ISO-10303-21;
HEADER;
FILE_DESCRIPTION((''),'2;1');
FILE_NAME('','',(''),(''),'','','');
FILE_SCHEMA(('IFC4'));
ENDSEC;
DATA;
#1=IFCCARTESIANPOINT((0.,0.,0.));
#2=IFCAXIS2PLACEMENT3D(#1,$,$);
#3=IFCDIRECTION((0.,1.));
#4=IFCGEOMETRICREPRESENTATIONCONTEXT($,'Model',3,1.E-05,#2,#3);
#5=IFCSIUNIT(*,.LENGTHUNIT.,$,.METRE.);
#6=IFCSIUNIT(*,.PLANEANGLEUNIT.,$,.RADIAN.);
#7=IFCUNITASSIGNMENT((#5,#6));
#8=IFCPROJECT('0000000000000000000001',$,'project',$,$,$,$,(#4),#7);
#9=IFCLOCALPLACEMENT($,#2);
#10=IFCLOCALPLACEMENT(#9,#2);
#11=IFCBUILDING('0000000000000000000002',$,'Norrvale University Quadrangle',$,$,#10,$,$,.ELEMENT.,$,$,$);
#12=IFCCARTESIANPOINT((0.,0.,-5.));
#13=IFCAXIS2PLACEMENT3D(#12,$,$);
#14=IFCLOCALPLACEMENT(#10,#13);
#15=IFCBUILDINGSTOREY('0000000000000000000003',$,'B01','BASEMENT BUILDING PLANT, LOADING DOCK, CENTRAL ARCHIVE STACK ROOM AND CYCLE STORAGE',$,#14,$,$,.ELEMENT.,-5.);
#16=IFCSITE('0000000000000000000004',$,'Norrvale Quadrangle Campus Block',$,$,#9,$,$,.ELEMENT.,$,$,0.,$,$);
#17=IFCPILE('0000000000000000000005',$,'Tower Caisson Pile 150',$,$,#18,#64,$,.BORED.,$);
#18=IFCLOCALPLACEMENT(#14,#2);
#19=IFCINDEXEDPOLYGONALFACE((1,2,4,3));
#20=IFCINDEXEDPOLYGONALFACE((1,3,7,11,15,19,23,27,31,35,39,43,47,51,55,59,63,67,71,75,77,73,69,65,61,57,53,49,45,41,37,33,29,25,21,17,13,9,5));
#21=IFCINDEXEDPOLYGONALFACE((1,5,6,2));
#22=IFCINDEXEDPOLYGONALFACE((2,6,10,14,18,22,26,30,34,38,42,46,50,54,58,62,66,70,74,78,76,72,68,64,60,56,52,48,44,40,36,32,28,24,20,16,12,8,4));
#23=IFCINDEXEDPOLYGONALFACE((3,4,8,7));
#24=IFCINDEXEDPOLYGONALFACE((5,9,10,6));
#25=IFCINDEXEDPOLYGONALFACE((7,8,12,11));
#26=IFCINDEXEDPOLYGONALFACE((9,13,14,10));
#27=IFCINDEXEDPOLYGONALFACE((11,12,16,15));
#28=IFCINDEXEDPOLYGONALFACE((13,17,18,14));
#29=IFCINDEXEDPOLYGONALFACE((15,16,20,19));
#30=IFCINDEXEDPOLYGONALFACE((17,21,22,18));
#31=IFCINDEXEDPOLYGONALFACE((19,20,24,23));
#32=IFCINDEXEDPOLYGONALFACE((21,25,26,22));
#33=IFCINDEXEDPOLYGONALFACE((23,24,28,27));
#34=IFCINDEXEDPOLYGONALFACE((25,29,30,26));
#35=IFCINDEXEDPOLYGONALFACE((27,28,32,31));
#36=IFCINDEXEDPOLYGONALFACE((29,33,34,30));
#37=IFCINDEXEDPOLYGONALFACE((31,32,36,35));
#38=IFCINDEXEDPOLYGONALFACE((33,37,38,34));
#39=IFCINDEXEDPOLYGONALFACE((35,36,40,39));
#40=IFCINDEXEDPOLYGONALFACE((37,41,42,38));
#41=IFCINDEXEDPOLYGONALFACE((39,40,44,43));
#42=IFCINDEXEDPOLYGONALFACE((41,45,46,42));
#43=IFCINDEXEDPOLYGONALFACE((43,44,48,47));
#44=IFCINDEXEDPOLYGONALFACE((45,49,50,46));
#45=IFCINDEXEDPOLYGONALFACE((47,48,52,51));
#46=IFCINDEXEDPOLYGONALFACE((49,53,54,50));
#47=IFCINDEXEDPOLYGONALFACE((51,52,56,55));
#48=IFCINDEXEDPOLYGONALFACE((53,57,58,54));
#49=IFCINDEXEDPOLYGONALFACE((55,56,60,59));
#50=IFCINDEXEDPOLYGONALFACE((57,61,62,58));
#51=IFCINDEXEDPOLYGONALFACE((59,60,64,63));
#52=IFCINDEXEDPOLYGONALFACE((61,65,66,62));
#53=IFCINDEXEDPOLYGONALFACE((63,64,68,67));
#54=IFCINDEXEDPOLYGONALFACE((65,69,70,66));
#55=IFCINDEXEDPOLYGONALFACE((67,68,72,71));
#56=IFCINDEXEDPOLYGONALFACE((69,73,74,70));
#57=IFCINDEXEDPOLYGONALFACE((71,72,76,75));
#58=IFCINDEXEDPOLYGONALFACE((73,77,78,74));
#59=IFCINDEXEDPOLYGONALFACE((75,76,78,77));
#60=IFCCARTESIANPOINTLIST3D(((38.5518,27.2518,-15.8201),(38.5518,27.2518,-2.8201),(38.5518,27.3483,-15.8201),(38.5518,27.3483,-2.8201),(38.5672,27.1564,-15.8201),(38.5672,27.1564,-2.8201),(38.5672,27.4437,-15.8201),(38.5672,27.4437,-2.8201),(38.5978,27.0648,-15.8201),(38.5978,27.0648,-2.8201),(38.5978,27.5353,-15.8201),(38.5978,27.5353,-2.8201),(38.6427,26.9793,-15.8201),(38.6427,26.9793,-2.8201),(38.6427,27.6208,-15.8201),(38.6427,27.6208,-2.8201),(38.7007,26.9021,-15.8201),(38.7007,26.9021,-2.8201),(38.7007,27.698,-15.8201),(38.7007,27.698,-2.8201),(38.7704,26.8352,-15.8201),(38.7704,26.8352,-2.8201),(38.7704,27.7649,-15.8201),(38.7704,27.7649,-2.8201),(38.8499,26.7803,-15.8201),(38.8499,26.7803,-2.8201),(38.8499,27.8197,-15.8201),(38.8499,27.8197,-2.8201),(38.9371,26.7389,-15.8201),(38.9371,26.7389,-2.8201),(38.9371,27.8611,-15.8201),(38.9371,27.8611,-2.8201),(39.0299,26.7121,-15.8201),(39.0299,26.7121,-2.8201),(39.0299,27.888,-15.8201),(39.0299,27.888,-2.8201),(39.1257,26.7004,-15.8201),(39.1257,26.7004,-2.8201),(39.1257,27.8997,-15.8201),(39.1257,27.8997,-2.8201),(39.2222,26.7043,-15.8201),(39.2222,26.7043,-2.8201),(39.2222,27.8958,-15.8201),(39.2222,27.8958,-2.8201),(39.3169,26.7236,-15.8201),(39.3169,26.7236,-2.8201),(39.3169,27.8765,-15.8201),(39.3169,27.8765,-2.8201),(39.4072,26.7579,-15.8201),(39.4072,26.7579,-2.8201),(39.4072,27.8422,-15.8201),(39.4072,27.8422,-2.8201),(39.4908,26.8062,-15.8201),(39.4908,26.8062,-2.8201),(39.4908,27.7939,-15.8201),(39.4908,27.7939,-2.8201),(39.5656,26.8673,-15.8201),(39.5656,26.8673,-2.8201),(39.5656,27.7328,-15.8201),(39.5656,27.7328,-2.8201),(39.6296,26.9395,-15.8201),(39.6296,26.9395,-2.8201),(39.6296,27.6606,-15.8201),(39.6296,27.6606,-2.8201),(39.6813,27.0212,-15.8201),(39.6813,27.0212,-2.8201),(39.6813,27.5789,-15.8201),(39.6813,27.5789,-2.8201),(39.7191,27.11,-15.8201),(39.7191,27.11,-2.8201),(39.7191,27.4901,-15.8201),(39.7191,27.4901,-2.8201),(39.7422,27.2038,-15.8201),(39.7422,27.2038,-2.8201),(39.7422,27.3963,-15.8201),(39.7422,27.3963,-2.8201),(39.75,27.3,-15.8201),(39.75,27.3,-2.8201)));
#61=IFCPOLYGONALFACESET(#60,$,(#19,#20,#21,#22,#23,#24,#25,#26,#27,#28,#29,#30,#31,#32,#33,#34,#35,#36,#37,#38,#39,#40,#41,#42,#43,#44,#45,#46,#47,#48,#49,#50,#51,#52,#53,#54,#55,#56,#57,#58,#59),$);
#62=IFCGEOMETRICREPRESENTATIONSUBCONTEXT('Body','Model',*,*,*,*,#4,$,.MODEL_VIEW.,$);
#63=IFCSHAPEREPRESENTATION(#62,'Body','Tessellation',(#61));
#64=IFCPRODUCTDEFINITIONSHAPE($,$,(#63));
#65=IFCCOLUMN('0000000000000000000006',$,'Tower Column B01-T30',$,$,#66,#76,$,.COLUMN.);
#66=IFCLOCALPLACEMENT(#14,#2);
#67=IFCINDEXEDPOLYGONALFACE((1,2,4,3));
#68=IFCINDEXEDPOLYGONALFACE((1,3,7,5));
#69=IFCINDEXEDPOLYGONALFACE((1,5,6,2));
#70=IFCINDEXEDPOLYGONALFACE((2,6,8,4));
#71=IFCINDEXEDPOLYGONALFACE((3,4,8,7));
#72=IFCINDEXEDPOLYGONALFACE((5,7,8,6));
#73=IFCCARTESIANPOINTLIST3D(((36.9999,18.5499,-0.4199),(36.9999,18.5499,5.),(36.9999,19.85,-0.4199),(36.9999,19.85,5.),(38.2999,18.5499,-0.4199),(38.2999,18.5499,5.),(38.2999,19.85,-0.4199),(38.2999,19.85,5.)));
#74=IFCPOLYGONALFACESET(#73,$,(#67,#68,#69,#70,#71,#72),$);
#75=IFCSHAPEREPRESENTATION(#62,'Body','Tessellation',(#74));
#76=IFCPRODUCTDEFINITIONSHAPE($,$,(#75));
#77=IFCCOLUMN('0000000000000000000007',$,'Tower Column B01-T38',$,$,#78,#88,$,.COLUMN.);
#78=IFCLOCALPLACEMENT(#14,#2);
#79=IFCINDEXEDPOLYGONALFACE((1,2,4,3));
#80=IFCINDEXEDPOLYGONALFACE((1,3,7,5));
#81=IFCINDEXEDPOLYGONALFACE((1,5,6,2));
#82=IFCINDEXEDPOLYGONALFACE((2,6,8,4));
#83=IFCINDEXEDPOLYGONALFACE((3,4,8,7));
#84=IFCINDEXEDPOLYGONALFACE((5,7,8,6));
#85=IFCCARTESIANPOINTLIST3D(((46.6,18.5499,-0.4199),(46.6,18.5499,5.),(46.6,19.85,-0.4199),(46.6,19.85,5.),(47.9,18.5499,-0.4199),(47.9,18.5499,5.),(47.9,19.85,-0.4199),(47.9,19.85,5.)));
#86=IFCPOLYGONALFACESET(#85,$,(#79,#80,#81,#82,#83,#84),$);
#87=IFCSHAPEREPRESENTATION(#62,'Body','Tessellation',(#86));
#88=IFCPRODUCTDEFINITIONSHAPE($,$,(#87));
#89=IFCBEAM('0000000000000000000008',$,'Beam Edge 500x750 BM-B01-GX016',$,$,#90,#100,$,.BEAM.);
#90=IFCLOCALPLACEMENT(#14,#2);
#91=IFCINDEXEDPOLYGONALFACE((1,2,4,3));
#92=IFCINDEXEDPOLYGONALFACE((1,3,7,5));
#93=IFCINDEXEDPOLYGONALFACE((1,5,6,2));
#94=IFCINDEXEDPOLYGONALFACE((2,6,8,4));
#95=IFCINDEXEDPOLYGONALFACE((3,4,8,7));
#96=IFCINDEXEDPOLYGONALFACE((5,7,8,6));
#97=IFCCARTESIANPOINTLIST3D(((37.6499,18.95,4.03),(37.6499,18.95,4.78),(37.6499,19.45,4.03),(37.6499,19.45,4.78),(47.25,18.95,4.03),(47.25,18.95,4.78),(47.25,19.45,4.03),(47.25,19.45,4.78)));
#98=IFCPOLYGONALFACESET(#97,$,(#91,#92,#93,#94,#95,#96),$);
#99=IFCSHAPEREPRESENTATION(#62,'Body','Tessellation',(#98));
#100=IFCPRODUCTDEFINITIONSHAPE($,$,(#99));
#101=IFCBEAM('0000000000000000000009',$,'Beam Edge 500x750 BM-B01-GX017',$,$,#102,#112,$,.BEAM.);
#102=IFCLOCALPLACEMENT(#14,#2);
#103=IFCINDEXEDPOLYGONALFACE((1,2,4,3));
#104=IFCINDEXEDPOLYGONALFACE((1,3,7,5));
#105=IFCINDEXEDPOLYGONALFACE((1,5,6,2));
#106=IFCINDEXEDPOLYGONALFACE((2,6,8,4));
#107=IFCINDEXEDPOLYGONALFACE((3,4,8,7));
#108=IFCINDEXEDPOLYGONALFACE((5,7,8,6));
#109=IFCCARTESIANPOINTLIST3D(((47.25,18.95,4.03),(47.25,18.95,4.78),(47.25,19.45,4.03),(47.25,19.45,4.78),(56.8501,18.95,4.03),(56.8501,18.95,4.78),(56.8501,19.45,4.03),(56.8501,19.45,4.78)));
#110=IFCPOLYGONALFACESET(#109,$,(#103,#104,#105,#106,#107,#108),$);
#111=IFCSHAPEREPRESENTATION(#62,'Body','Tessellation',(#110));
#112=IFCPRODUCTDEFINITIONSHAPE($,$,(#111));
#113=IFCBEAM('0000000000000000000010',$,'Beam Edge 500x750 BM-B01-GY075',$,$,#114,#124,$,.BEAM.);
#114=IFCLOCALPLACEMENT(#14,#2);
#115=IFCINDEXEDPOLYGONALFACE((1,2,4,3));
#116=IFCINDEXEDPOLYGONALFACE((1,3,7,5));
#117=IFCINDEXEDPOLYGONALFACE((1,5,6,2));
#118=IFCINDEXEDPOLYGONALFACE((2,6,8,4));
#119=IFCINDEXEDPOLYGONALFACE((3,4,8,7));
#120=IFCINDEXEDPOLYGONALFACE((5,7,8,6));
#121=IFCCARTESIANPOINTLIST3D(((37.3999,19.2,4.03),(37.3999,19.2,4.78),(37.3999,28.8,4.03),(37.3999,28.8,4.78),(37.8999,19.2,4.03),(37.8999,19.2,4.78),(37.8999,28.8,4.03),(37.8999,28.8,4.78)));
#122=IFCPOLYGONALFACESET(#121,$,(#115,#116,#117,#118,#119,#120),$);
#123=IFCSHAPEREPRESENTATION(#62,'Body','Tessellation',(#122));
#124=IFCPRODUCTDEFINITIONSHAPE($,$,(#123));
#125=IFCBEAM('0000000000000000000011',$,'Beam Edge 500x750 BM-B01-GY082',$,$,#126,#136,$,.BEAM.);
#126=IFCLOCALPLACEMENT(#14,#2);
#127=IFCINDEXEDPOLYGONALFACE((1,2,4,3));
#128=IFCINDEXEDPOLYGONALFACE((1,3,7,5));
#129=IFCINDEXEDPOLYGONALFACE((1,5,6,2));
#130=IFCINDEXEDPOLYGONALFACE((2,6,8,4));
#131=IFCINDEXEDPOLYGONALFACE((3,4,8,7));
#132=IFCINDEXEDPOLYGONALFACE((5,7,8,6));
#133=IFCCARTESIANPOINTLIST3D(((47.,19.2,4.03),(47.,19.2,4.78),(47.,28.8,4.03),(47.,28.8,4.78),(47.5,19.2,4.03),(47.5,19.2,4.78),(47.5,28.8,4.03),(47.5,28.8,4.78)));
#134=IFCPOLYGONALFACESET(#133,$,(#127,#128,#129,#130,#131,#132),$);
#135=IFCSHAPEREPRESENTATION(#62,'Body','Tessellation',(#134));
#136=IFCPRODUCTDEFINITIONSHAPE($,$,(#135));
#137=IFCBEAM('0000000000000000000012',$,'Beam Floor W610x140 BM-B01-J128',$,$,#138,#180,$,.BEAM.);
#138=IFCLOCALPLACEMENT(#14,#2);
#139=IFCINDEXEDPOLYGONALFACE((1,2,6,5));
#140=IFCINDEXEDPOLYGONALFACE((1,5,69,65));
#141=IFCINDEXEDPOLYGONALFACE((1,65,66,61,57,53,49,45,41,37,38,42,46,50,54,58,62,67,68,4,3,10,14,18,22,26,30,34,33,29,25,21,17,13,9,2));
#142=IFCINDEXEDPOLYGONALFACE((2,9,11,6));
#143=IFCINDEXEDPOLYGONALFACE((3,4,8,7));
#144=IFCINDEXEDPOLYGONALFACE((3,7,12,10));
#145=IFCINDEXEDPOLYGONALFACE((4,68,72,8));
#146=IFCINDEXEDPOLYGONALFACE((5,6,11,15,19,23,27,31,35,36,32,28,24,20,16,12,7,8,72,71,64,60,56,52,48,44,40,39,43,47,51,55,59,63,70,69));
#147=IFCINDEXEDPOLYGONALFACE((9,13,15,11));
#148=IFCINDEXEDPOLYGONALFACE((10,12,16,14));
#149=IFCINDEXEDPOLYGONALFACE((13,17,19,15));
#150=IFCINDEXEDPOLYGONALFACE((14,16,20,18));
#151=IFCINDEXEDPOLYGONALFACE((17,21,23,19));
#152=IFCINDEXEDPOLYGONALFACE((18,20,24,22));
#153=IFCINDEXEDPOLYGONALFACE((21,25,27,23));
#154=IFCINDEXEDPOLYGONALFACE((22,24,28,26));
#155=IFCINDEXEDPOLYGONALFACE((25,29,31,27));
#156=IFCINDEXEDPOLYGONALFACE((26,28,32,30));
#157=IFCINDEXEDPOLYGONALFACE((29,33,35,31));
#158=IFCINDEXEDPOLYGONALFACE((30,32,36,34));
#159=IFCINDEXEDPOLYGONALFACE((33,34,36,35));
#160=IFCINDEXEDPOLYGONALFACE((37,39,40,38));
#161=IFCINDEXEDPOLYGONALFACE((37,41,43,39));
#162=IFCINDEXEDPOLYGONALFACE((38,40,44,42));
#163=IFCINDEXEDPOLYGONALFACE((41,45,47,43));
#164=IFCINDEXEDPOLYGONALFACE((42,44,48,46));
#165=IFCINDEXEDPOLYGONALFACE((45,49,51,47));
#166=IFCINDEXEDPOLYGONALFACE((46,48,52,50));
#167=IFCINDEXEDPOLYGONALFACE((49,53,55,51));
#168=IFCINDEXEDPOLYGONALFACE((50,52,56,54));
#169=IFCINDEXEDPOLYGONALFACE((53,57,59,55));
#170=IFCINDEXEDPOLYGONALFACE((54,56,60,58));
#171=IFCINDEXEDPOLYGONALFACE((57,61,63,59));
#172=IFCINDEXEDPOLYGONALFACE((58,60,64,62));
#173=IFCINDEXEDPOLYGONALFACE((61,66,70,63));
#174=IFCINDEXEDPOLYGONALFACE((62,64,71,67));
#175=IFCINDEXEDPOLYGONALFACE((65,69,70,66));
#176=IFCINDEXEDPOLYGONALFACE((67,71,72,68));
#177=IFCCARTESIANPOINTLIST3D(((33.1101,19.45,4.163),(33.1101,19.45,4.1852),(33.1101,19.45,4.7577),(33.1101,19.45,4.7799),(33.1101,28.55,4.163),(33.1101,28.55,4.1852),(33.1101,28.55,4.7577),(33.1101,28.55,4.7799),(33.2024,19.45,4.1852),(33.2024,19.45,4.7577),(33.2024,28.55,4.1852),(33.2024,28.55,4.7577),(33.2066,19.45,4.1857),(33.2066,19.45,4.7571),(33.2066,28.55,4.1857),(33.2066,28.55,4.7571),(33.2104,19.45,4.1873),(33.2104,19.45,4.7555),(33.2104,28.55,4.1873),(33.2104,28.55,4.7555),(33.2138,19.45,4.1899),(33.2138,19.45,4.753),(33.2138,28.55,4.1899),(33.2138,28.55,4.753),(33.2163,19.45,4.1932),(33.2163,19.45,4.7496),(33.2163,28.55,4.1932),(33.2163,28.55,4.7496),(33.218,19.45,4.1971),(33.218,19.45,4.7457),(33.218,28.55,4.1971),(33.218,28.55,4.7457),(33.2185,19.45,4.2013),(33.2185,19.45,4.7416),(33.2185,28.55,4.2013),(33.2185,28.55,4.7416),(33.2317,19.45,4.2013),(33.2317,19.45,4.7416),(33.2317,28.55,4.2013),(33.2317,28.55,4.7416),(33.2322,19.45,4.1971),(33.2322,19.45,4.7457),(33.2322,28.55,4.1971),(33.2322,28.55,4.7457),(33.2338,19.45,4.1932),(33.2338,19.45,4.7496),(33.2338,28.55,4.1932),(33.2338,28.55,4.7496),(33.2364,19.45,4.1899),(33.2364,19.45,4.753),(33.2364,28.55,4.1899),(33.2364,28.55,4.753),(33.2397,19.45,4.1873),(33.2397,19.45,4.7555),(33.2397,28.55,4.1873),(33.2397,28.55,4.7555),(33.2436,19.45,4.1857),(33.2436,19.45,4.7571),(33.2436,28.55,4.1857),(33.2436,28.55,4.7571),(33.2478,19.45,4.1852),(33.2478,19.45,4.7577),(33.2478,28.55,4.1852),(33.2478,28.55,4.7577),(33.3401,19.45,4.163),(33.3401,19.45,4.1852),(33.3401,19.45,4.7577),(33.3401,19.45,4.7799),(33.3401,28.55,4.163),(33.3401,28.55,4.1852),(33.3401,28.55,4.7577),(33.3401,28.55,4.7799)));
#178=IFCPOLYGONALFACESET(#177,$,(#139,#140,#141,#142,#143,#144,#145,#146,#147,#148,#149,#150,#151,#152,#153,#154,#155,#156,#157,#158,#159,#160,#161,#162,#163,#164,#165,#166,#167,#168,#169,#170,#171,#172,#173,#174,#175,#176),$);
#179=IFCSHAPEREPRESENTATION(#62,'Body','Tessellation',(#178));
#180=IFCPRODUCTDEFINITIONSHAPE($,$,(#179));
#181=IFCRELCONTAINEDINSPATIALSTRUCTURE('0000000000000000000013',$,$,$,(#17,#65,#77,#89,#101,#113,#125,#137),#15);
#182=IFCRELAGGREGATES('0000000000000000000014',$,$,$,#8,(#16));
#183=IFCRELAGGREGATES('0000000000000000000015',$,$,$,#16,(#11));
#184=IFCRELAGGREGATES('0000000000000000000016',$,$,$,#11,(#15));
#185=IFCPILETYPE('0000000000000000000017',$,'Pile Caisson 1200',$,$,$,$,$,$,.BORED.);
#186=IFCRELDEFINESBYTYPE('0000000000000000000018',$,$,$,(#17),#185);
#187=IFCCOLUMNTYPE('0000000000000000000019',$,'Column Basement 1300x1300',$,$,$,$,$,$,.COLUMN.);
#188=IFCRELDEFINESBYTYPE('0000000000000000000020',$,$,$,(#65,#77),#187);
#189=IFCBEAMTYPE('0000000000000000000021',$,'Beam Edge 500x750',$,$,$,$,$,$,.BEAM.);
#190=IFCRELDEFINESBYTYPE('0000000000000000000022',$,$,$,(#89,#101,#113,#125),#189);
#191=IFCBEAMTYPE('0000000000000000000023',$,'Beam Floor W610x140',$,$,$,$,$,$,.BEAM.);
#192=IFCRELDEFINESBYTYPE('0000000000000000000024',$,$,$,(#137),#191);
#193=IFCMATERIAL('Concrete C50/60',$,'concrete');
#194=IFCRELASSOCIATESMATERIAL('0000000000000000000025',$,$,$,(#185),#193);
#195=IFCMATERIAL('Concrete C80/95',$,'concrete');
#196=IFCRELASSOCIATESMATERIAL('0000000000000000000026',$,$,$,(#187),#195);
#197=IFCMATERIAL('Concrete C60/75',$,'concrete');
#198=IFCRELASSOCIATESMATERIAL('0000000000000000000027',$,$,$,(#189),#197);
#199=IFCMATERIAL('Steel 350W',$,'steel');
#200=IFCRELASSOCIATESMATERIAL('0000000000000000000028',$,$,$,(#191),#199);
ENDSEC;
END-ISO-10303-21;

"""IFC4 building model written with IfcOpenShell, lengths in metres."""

from ifc_helpers import new_model, si_unit, direction, frame, origin, origin_2d, place, context, subcontext, project, spatial, rectangle, circle, i_section, extrude, material, material_profile, profile_set, type_object, element, save


model = new_model("IFC4")

# Units and contexts
model_context = context("Model", 3, precision=1e-05, world=origin(), true_north=direction((0.0, 1.0)))
body_context = subcontext(model_context, "Body", "Model", "MODEL_VIEW")
ifc_project = project(units=[si_unit("LENGTHUNIT", "METRE"), si_unit("PLANEANGLEUNIT", "RADIAN")], contexts=[model_context])

# Site, building, storey
site_placement = place(None, origin())
site = spatial("IfcSite", under=ifc_project, at=site_placement, Name="Norrvale Quadrangle Campus Block", CompositionType="ELEMENT", RefElevation=0.0)
building_placement = place(site_placement, origin())
building = spatial("IfcBuilding", under=site, at=building_placement, Name="Norrvale University Quadrangle", CompositionType="ELEMENT")
storey_placement = place(building_placement, frame((0.0, 0.0, -5.0)))
storey = spatial("IfcBuildingStorey", under=building, at=storey_placement, Name="B01", Description="BASEMENT BUILDING PLANT, LOADING DOCK, CENTRAL ARCHIVE STACK ROOM AND CYCLE STORAGE", CompositionType="ELEMENT", Elevation=-5.0)

# Shared definitions
ifc_material_1 = material(Name="Concrete C50/60", Category="concrete")

# Pile
ifc_material_profile_1 = material_profile(ifc_material_1, circle(Radius=0.6001, at=origin_2d()), Name="Concrete C50/60")
ifc_profile_set_1 = profile_set([ifc_material_profile_1], Name="Concrete C50/60")
pile_type_1 = type_object("IfcPileType", Name="Pile Caisson 1200", PredefinedType="BORED", material=ifc_profile_set_1)
for number, where, z_axis, x_axis, name in (
    (1, (39.1499, 27.3, -2.8201), (0.0, 0.0, -1.0), (1.0, 0.0, 0.0), "Tower Caisson Pile 150"),
):
    element("IfcPile", number, at=place(storey_placement, frame(where, z_axis=z_axis, x_axis=x_axis)), inside=storey, type_object=pile_type_1, Name=name, PredefinedType="BORED", context=body_context, shape_type="SweptSolid", body=[
        extrude(circle(Radius=0.6001, at=origin_2d()), origin(), (0.0, 0.0, 1.0), 13.0),
    ])

# Columns
ifc_material_2 = material(Name="Concrete C80/95", Category="concrete")
ifc_material_profile_2 = material_profile(ifc_material_2, rectangle(XDim=1.3, YDim=1.3, at=origin_2d()), Name="Concrete C80/95")
ifc_profile_set_2 = profile_set([ifc_material_profile_2], Name="Concrete C80/95")
column_type = type_object("IfcColumnType", Name="Column Basement 1300x1300", PredefinedType="COLUMN", material=ifc_profile_set_2)
for number, where, z_axis, x_axis, name in (
    (2, (37.6499, 19.2, -0.4199), (0.0, 0.0, 1.0), (1.0, 0.0, 0.0), "Tower Column B01-T30"),
    (3, (47.25, 19.2, -0.4199), (0.0, 0.0, 1.0), (1.0, 0.0, 0.0), "Tower Column B01-T38"),
):
    element("IfcColumn", number, at=place(storey_placement, frame(where, z_axis=z_axis, x_axis=x_axis)), inside=storey, type_object=column_type, Name=name, PredefinedType="COLUMN", context=body_context, shape_type="SweptSolid", body=[
        extrude(rectangle(XDim=1.3, YDim=1.3, at=origin_2d()), origin(), (0.0, 0.0, 1.0), 5.4199),
    ])

# Beams
ifc_material_3 = material(Name="Concrete C60/75", Category="concrete")
ifc_material_profile_3 = material_profile(ifc_material_3, rectangle(XDim=0.5, YDim=0.75, at=origin_2d()), Name="Concrete C60/75")
ifc_profile_set_3 = profile_set([ifc_material_profile_3], Name="Concrete C60/75")
beam_type_1 = type_object("IfcBeamType", Name="Beam Edge 500x750", PredefinedType="BEAM", material=ifc_profile_set_3)
for number, where, z_axis, x_axis, name in (
    (4, (37.6499, 19.2, 4.405), (1.0, 0.0, 0.0), (0.0, 1.0, 0.0), "Beam Edge 500x750 BM-B01-GX016"),
    (5, (47.25, 19.2, 4.405), (1.0, 0.0, 0.0), (0.0, 1.0, 0.0), "Beam Edge 500x750 BM-B01-GX017"),
    (6, (37.6499, 19.2, 4.405), (0.0, 1.0, 0.0), (-1.0, 0.0, 0.0), "Beam Edge 500x750 BM-B01-GY075"),
    (7, (47.25, 19.2, 4.405), (0.0, 1.0, 0.0), (-1.0, 0.0, 0.0), "Beam Edge 500x750 BM-B01-GY082"),
):
    element("IfcBeam", number, at=place(storey_placement, frame(where, z_axis=z_axis, x_axis=x_axis)), inside=storey, type_object=beam_type_1, Name=name, PredefinedType="BEAM", context=body_context, shape_type="SweptSolid", body=[
        extrude(rectangle(XDim=0.5, YDim=0.75, at=origin_2d()), origin(), (0.0, 0.0, 1.0), 9.6001),
    ])
ifc_material_4 = material(Name="Steel 350W", Category="steel")
ifc_material_profile_4 = material_profile(ifc_material_4, i_section(OverallWidth=0.23, OverallDepth=0.6169, WebThickness=0.0132, FlangeThickness=0.0222, FilletRadius=0.0161, at=origin_2d()), Name="Steel 350W")
ifc_profile_set_4 = profile_set([ifc_material_profile_4], Name="Steel 350W")
beam_type_2 = type_object("IfcBeamType", Name="Beam Floor W610x140", PredefinedType="BEAM", material=ifc_profile_set_4)
for number, where, z_axis, x_axis, name in (
    (8, (33.2251, 19.45, 4.4714), (0.0, 1.0, 0.0), (-1.0, 0.0, 0.0), "Beam Floor W610x140 BM-B01-J128"),
):
    element("IfcBeam", number, at=place(storey_placement, frame(where, z_axis=z_axis, x_axis=x_axis)), inside=storey, type_object=beam_type_2, Name=name, PredefinedType="BEAM", context=body_context, shape_type="SweptSolid", body=[
        extrude(i_section(OverallWidth=0.23, OverallDepth=0.6169, WebThickness=0.0132, FlangeThickness=0.0222, FilletRadius=0.0161, at=origin_2d()), origin(), (0.0, 0.0, 1.0), 9.1001),
    ])

save(model, "model.ifc")
